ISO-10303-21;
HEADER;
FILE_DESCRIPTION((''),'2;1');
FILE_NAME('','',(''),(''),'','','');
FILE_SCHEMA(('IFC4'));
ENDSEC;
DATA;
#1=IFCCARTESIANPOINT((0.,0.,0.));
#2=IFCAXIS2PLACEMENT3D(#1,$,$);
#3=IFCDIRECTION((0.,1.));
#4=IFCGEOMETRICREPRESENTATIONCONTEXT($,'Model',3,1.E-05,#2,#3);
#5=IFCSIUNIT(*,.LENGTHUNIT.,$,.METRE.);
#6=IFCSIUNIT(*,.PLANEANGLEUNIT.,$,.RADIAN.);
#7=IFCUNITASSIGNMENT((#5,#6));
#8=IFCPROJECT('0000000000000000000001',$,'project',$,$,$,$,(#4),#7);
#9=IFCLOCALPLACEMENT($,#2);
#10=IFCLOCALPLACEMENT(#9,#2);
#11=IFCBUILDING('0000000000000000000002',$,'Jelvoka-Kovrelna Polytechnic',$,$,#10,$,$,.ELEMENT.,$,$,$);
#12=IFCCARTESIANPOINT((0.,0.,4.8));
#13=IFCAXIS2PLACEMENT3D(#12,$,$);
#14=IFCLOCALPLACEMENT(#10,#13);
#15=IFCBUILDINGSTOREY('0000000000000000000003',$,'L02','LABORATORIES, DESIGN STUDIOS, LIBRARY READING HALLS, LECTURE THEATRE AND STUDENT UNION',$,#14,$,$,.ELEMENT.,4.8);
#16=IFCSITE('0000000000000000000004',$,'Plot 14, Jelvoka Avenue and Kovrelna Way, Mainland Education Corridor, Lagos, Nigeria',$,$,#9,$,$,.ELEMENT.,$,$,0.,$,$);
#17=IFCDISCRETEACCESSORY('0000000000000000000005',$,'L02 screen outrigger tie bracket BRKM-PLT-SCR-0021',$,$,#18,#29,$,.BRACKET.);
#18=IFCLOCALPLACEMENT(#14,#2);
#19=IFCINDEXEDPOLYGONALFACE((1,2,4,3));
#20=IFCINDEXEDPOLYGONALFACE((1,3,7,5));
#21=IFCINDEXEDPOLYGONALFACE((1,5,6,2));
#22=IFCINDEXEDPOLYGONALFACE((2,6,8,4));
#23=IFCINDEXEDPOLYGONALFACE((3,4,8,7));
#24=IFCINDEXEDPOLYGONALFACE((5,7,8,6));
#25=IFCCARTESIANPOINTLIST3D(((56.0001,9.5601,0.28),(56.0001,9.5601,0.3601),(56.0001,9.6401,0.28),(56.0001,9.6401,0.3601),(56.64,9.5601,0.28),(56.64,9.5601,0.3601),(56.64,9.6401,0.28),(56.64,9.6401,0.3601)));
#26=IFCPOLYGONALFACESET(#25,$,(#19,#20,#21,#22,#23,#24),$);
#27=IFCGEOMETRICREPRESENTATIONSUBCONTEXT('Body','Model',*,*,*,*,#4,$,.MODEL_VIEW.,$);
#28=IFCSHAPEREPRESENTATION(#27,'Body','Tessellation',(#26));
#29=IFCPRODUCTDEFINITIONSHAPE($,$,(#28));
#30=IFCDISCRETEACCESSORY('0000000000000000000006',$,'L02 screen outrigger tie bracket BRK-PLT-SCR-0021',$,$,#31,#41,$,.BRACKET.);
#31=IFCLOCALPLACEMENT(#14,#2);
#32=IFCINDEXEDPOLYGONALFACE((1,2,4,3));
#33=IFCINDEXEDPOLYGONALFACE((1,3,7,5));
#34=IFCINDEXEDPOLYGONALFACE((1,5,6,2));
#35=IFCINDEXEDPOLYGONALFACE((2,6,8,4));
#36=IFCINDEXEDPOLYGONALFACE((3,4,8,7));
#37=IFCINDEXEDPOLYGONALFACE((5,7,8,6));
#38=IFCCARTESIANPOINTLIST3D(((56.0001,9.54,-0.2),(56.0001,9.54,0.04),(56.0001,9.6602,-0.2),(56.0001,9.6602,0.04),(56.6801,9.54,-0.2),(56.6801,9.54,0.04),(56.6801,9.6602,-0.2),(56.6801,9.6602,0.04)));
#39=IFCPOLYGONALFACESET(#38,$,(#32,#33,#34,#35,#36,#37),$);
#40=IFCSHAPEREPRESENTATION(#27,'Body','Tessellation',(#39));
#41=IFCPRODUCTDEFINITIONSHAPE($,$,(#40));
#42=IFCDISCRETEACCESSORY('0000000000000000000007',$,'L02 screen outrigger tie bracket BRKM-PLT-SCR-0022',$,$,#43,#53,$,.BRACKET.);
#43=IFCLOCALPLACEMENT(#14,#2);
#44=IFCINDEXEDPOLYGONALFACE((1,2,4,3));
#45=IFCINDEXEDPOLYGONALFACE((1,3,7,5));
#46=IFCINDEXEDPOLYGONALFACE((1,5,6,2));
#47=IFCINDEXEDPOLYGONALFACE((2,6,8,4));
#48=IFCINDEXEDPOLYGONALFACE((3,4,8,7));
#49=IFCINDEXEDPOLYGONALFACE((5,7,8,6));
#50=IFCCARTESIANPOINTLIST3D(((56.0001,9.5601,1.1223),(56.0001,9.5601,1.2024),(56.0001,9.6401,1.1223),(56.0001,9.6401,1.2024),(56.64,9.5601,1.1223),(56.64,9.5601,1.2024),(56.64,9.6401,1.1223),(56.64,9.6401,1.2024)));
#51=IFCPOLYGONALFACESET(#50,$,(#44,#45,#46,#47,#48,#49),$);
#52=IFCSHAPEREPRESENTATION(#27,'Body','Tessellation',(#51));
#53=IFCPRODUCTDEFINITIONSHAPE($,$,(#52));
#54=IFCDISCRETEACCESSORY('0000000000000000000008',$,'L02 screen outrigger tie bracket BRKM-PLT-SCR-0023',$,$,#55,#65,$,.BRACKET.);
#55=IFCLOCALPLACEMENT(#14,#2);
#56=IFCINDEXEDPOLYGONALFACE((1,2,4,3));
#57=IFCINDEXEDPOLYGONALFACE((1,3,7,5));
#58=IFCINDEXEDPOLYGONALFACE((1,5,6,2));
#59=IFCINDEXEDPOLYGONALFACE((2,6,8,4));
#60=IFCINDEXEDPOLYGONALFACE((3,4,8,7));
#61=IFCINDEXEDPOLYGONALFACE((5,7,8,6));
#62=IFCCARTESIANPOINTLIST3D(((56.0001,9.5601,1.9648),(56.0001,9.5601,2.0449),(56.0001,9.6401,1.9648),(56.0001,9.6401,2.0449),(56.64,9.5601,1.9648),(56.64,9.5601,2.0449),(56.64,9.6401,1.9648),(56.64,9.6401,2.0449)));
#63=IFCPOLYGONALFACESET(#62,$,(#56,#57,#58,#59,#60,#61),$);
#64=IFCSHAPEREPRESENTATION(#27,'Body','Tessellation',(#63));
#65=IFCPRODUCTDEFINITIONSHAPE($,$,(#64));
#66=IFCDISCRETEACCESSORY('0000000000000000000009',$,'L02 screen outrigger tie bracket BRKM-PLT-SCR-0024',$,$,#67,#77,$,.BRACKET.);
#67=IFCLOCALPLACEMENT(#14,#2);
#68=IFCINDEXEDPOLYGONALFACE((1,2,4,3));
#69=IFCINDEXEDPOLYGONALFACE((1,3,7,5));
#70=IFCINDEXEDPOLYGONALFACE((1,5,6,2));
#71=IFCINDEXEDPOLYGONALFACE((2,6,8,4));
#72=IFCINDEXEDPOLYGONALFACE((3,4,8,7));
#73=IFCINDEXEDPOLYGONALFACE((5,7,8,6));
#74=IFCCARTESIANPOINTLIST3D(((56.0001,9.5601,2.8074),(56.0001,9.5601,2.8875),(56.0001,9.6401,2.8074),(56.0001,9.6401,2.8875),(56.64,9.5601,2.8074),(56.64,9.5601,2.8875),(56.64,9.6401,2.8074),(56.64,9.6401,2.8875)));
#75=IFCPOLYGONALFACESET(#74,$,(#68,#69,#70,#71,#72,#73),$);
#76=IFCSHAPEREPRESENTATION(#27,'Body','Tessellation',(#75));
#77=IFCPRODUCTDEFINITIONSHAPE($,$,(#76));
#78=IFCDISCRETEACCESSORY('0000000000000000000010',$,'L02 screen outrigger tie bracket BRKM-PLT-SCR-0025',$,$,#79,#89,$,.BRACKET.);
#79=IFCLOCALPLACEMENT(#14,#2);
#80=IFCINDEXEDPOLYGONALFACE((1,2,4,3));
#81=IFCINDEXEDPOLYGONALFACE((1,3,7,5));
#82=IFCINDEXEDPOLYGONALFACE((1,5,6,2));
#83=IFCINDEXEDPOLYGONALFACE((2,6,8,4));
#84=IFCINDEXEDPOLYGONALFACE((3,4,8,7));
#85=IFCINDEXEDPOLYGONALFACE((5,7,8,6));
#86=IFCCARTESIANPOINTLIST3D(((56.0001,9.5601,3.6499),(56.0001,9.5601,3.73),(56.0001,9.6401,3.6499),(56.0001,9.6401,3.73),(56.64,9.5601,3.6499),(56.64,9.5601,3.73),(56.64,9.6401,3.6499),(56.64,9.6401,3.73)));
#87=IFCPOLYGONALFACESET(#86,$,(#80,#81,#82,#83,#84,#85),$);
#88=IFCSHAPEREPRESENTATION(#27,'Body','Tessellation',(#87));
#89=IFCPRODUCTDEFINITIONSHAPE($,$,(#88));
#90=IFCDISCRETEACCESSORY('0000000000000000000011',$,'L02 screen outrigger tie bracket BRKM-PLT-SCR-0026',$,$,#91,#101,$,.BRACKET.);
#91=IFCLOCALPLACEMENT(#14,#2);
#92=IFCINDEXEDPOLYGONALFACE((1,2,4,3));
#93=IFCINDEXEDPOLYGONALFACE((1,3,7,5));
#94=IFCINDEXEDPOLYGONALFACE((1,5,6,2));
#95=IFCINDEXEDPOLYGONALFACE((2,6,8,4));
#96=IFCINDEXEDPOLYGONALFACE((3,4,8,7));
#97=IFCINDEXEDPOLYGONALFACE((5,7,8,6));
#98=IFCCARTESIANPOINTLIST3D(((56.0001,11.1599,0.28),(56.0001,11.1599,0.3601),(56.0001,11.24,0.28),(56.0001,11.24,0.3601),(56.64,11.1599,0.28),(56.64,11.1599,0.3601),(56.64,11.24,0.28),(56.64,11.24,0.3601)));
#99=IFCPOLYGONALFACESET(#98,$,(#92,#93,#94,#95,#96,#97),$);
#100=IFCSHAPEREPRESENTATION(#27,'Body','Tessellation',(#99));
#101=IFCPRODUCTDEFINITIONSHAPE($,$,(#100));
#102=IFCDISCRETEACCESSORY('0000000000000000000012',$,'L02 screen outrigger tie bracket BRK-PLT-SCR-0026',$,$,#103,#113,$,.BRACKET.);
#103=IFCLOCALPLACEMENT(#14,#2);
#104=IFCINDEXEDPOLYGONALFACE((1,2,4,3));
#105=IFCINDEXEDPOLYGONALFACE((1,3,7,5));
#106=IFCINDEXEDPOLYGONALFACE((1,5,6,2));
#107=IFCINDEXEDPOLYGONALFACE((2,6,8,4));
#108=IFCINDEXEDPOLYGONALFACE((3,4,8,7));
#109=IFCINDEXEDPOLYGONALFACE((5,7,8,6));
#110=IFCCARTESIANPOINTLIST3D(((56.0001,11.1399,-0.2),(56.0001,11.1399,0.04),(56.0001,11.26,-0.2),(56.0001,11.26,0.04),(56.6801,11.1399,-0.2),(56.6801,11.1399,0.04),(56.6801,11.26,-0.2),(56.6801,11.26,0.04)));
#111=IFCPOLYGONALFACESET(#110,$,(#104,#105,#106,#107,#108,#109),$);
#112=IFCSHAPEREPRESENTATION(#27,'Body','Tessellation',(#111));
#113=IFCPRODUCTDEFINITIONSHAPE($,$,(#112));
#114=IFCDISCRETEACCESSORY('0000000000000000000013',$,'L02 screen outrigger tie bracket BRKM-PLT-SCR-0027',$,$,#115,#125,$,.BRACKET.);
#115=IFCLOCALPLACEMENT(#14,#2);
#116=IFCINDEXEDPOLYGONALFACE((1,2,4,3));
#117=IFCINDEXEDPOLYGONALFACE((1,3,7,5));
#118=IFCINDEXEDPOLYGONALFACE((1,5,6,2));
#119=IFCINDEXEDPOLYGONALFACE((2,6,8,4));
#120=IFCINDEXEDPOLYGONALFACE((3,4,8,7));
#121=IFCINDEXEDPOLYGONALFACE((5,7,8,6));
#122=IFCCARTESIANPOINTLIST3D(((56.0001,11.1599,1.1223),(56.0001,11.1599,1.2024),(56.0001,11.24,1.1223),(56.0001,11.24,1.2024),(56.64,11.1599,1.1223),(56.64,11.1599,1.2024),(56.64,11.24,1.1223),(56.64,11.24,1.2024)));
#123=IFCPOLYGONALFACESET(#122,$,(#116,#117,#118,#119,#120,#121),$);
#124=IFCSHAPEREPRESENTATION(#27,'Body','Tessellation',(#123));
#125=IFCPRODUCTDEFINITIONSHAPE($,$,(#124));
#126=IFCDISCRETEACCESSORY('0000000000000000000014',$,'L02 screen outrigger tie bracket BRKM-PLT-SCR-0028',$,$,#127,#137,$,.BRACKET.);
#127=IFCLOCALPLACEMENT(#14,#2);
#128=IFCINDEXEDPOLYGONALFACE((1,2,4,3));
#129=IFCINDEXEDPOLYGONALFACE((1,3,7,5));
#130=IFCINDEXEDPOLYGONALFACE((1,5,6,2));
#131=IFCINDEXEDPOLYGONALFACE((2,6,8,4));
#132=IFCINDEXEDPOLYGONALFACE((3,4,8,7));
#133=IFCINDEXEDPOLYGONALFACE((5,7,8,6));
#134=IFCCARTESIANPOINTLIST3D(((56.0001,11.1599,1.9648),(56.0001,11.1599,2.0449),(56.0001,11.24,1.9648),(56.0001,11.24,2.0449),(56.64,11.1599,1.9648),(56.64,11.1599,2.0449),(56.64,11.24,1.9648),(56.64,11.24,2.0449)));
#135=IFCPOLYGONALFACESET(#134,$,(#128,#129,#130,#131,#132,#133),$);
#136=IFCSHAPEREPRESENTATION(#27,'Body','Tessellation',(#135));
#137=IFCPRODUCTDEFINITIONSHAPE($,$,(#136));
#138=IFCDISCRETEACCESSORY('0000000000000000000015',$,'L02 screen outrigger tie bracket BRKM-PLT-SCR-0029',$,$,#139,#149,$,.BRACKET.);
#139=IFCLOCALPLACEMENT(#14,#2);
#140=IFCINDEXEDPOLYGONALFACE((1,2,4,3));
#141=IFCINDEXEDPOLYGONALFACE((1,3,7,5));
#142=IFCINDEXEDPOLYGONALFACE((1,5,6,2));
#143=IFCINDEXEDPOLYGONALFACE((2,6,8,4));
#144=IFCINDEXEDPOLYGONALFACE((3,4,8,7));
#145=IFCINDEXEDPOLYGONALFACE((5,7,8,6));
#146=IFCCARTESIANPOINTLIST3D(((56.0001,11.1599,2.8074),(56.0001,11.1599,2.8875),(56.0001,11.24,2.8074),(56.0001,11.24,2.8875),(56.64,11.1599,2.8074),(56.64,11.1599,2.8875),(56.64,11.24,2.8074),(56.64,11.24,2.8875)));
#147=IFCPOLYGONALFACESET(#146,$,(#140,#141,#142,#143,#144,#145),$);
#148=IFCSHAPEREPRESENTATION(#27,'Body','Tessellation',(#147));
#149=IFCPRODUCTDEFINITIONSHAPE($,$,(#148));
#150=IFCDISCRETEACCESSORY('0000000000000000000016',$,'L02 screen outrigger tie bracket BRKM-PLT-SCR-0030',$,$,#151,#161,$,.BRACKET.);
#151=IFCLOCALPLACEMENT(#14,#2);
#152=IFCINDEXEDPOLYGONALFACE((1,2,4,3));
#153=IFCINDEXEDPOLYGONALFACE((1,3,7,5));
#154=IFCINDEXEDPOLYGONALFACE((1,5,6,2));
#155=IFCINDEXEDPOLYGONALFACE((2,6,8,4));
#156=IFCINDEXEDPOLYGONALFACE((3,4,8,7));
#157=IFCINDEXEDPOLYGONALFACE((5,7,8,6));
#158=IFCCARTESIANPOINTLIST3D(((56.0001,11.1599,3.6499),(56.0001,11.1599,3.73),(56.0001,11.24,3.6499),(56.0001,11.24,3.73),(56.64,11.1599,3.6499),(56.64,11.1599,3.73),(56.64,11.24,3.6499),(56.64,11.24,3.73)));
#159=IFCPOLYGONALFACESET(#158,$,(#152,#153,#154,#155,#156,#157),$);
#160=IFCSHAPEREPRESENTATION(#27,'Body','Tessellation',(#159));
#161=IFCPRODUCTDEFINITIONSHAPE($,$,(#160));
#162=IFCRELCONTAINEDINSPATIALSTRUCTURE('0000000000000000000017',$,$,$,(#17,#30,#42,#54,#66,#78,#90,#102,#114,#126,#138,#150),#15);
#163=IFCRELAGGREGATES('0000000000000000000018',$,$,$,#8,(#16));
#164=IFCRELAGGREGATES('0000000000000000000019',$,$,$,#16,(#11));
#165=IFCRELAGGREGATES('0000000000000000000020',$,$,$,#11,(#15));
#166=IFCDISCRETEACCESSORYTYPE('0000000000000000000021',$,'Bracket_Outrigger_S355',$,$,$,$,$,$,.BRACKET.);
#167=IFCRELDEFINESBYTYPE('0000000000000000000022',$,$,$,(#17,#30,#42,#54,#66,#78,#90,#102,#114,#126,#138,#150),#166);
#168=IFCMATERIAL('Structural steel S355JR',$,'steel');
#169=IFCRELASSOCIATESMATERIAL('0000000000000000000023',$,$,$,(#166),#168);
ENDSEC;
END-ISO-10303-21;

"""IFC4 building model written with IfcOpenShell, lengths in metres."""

from ifc_helpers import new_model, si_unit, direction, frame, origin, origin_2d, place, context, subcontext, project, spatial, rectangle, extrude, material, type_object, element, save


model = new_model("IFC4")

# Units and contexts
model_context = context("Model", 3, precision=1e-05, world=origin(), true_north=direction((0.0, 1.0)))
body_context = subcontext(model_context, "Body", "Model", "MODEL_VIEW")
ifc_project = project(units=[si_unit("LENGTHUNIT", "METRE"), si_unit("PLANEANGLEUNIT", "RADIAN")], contexts=[model_context])

# Site, building, storey
site_placement = place(None, origin())
site = spatial("IfcSite", under=ifc_project, at=site_placement, Name="Plot 14, Jelvoka Avenue and Kovrelna Way, Mainland Education Corridor, Lagos, Nigeria", CompositionType="ELEMENT", RefElevation=0.0)
building_placement = place(site_placement, origin())
building = spatial("IfcBuilding", under=site, at=building_placement, Name="Jelvoka-Kovrelna Polytechnic", CompositionType="ELEMENT")
storey_placement = place(building_placement, frame((0.0, 0.0, 4.8)))
storey = spatial("IfcBuildingStorey", under=building, at=storey_placement, Name="L02", Description="LABORATORIES, DESIGN STUDIOS, LIBRARY READING HALLS, LECTURE THEATRE AND STUDENT UNION", CompositionType="ELEMENT", Elevation=4.8)

# Discrete accessories
ifc_material_1 = material(Name="Structural steel S355JR", Category="steel")
discrete_accessory_type = type_object("IfcDiscreteAccessoryType", Name="Bracket_Outrigger_S355", PredefinedType="BRACKET", material=ifc_material_1)
discrete_accessory_1_placement = place(storey_placement, frame((56.3201, 9.6001, 0.28), z_axis=(0.0, 0.0, 1.0), x_axis=(1.0, 0.0, 0.0)))
element("IfcDiscreteAccessory", 1, at=discrete_accessory_1_placement, inside=storey, type_object=discrete_accessory_type, Name="L02 screen outrigger tie bracket BRKM-PLT-SCR-0021", PredefinedType="BRACKET", context=body_context, shape_type="SweptSolid", body=[
    extrude(rectangle(XDim=0.6399, YDim=0.0801, at=origin_2d()), origin(), (0.0, 0.0, 1.0), 0.0801),
])
discrete_accessory_2_placement = place(storey_placement, frame((56.3401, 9.6001, -0.2), z_axis=(0.0, 0.0, 1.0), x_axis=(1.0, 0.0, 0.0)))
element("IfcDiscreteAccessory", 2, at=discrete_accessory_2_placement, inside=storey, type_object=discrete_accessory_type, Name="L02 screen outrigger tie bracket BRK-PLT-SCR-0021", PredefinedType="BRACKET", context=body_context, shape_type="SweptSolid", body=[
    extrude(rectangle(XDim=0.6799, YDim=0.1201, at=origin_2d()), origin(), (0.0, 0.0, 1.0), 0.24),
])
for number, where, z_axis, x_axis, name in (
    (3, (56.3201, 9.6001, 1.1223), (0.0, 0.0, 1.0), (1.0, 0.0, 0.0), "L02 screen outrigger tie bracket BRKM-PLT-SCR-0022"),
    (4, (56.3201, 9.6001, 1.9648), (0.0, 0.0, 1.0), (1.0, 0.0, 0.0), "L02 screen outrigger tie bracket BRKM-PLT-SCR-0023"),
    (5, (56.3201, 9.6001, 2.8074), (0.0, 0.0, 1.0), (1.0, 0.0, 0.0), "L02 screen outrigger tie bracket BRKM-PLT-SCR-0024"),
    (6, (56.3201, 9.6001, 3.6499), (0.0, 0.0, 1.0), (1.0, 0.0, 0.0), "L02 screen outrigger tie bracket BRKM-PLT-SCR-0025"),
    (7, (56.3201, 11.2, 0.28), (0.0, 0.0, 1.0), (1.0, 0.0, 0.0), "L02 screen outrigger tie bracket BRKM-PLT-SCR-0026"),
):
    element("IfcDiscreteAccessory", number, at=place(storey_placement, frame(where, z_axis=z_axis, x_axis=x_axis)), inside=storey, type_object=discrete_accessory_type, Name=name, PredefinedType="BRACKET", context=body_context, shape_type="SweptSolid", body=[
        extrude(rectangle(XDim=0.6399, YDim=0.0801, at=origin_2d()), origin(), (0.0, 0.0, 1.0), 0.0801),
    ])
discrete_accessory_3_placement = place(storey_placement, frame((56.3401, 11.2, -0.2), z_axis=(0.0, 0.0, 1.0), x_axis=(1.0, 0.0, 0.0)))
element("IfcDiscreteAccessory", 8, at=discrete_accessory_3_placement, inside=storey, type_object=discrete_accessory_type, Name="L02 screen outrigger tie bracket BRK-PLT-SCR-0026", PredefinedType="BRACKET", context=body_context, shape_type="SweptSolid", body=[
    extrude(rectangle(XDim=0.6799, YDim=0.1201, at=origin_2d()), origin(), (0.0, 0.0, 1.0), 0.24),
])
for number, where, z_axis, x_axis, name in (
    (9, (56.3201, 11.2, 1.1223), (0.0, 0.0, 1.0), (1.0, 0.0, 0.0), "L02 screen outrigger tie bracket BRKM-PLT-SCR-0027"),
    (10, (56.3201, 11.2, 1.9648), (0.0, 0.0, 1.0), (1.0, 0.0, 0.0), "L02 screen outrigger tie bracket BRKM-PLT-SCR-0028"),
    (11, (56.3201, 11.2, 2.8074), (0.0, 0.0, 1.0), (1.0, 0.0, 0.0), "L02 screen outrigger tie bracket BRKM-PLT-SCR-0029"),
    (12, (56.3201, 11.2, 3.6499), (0.0, 0.0, 1.0), (1.0, 0.0, 0.0), "L02 screen outrigger tie bracket BRKM-PLT-SCR-0030"),
):
    element("IfcDiscreteAccessory", number, at=place(storey_placement, frame(where, z_axis=z_axis, x_axis=x_axis)), inside=storey, type_object=discrete_accessory_type, Name=name, PredefinedType="BRACKET", context=body_context, shape_type="SweptSolid", body=[
        extrude(rectangle(XDim=0.6399, YDim=0.0801, at=origin_2d()), origin(), (0.0, 0.0, 1.0), 0.0801),
    ])

save(model, "model.ifc")
